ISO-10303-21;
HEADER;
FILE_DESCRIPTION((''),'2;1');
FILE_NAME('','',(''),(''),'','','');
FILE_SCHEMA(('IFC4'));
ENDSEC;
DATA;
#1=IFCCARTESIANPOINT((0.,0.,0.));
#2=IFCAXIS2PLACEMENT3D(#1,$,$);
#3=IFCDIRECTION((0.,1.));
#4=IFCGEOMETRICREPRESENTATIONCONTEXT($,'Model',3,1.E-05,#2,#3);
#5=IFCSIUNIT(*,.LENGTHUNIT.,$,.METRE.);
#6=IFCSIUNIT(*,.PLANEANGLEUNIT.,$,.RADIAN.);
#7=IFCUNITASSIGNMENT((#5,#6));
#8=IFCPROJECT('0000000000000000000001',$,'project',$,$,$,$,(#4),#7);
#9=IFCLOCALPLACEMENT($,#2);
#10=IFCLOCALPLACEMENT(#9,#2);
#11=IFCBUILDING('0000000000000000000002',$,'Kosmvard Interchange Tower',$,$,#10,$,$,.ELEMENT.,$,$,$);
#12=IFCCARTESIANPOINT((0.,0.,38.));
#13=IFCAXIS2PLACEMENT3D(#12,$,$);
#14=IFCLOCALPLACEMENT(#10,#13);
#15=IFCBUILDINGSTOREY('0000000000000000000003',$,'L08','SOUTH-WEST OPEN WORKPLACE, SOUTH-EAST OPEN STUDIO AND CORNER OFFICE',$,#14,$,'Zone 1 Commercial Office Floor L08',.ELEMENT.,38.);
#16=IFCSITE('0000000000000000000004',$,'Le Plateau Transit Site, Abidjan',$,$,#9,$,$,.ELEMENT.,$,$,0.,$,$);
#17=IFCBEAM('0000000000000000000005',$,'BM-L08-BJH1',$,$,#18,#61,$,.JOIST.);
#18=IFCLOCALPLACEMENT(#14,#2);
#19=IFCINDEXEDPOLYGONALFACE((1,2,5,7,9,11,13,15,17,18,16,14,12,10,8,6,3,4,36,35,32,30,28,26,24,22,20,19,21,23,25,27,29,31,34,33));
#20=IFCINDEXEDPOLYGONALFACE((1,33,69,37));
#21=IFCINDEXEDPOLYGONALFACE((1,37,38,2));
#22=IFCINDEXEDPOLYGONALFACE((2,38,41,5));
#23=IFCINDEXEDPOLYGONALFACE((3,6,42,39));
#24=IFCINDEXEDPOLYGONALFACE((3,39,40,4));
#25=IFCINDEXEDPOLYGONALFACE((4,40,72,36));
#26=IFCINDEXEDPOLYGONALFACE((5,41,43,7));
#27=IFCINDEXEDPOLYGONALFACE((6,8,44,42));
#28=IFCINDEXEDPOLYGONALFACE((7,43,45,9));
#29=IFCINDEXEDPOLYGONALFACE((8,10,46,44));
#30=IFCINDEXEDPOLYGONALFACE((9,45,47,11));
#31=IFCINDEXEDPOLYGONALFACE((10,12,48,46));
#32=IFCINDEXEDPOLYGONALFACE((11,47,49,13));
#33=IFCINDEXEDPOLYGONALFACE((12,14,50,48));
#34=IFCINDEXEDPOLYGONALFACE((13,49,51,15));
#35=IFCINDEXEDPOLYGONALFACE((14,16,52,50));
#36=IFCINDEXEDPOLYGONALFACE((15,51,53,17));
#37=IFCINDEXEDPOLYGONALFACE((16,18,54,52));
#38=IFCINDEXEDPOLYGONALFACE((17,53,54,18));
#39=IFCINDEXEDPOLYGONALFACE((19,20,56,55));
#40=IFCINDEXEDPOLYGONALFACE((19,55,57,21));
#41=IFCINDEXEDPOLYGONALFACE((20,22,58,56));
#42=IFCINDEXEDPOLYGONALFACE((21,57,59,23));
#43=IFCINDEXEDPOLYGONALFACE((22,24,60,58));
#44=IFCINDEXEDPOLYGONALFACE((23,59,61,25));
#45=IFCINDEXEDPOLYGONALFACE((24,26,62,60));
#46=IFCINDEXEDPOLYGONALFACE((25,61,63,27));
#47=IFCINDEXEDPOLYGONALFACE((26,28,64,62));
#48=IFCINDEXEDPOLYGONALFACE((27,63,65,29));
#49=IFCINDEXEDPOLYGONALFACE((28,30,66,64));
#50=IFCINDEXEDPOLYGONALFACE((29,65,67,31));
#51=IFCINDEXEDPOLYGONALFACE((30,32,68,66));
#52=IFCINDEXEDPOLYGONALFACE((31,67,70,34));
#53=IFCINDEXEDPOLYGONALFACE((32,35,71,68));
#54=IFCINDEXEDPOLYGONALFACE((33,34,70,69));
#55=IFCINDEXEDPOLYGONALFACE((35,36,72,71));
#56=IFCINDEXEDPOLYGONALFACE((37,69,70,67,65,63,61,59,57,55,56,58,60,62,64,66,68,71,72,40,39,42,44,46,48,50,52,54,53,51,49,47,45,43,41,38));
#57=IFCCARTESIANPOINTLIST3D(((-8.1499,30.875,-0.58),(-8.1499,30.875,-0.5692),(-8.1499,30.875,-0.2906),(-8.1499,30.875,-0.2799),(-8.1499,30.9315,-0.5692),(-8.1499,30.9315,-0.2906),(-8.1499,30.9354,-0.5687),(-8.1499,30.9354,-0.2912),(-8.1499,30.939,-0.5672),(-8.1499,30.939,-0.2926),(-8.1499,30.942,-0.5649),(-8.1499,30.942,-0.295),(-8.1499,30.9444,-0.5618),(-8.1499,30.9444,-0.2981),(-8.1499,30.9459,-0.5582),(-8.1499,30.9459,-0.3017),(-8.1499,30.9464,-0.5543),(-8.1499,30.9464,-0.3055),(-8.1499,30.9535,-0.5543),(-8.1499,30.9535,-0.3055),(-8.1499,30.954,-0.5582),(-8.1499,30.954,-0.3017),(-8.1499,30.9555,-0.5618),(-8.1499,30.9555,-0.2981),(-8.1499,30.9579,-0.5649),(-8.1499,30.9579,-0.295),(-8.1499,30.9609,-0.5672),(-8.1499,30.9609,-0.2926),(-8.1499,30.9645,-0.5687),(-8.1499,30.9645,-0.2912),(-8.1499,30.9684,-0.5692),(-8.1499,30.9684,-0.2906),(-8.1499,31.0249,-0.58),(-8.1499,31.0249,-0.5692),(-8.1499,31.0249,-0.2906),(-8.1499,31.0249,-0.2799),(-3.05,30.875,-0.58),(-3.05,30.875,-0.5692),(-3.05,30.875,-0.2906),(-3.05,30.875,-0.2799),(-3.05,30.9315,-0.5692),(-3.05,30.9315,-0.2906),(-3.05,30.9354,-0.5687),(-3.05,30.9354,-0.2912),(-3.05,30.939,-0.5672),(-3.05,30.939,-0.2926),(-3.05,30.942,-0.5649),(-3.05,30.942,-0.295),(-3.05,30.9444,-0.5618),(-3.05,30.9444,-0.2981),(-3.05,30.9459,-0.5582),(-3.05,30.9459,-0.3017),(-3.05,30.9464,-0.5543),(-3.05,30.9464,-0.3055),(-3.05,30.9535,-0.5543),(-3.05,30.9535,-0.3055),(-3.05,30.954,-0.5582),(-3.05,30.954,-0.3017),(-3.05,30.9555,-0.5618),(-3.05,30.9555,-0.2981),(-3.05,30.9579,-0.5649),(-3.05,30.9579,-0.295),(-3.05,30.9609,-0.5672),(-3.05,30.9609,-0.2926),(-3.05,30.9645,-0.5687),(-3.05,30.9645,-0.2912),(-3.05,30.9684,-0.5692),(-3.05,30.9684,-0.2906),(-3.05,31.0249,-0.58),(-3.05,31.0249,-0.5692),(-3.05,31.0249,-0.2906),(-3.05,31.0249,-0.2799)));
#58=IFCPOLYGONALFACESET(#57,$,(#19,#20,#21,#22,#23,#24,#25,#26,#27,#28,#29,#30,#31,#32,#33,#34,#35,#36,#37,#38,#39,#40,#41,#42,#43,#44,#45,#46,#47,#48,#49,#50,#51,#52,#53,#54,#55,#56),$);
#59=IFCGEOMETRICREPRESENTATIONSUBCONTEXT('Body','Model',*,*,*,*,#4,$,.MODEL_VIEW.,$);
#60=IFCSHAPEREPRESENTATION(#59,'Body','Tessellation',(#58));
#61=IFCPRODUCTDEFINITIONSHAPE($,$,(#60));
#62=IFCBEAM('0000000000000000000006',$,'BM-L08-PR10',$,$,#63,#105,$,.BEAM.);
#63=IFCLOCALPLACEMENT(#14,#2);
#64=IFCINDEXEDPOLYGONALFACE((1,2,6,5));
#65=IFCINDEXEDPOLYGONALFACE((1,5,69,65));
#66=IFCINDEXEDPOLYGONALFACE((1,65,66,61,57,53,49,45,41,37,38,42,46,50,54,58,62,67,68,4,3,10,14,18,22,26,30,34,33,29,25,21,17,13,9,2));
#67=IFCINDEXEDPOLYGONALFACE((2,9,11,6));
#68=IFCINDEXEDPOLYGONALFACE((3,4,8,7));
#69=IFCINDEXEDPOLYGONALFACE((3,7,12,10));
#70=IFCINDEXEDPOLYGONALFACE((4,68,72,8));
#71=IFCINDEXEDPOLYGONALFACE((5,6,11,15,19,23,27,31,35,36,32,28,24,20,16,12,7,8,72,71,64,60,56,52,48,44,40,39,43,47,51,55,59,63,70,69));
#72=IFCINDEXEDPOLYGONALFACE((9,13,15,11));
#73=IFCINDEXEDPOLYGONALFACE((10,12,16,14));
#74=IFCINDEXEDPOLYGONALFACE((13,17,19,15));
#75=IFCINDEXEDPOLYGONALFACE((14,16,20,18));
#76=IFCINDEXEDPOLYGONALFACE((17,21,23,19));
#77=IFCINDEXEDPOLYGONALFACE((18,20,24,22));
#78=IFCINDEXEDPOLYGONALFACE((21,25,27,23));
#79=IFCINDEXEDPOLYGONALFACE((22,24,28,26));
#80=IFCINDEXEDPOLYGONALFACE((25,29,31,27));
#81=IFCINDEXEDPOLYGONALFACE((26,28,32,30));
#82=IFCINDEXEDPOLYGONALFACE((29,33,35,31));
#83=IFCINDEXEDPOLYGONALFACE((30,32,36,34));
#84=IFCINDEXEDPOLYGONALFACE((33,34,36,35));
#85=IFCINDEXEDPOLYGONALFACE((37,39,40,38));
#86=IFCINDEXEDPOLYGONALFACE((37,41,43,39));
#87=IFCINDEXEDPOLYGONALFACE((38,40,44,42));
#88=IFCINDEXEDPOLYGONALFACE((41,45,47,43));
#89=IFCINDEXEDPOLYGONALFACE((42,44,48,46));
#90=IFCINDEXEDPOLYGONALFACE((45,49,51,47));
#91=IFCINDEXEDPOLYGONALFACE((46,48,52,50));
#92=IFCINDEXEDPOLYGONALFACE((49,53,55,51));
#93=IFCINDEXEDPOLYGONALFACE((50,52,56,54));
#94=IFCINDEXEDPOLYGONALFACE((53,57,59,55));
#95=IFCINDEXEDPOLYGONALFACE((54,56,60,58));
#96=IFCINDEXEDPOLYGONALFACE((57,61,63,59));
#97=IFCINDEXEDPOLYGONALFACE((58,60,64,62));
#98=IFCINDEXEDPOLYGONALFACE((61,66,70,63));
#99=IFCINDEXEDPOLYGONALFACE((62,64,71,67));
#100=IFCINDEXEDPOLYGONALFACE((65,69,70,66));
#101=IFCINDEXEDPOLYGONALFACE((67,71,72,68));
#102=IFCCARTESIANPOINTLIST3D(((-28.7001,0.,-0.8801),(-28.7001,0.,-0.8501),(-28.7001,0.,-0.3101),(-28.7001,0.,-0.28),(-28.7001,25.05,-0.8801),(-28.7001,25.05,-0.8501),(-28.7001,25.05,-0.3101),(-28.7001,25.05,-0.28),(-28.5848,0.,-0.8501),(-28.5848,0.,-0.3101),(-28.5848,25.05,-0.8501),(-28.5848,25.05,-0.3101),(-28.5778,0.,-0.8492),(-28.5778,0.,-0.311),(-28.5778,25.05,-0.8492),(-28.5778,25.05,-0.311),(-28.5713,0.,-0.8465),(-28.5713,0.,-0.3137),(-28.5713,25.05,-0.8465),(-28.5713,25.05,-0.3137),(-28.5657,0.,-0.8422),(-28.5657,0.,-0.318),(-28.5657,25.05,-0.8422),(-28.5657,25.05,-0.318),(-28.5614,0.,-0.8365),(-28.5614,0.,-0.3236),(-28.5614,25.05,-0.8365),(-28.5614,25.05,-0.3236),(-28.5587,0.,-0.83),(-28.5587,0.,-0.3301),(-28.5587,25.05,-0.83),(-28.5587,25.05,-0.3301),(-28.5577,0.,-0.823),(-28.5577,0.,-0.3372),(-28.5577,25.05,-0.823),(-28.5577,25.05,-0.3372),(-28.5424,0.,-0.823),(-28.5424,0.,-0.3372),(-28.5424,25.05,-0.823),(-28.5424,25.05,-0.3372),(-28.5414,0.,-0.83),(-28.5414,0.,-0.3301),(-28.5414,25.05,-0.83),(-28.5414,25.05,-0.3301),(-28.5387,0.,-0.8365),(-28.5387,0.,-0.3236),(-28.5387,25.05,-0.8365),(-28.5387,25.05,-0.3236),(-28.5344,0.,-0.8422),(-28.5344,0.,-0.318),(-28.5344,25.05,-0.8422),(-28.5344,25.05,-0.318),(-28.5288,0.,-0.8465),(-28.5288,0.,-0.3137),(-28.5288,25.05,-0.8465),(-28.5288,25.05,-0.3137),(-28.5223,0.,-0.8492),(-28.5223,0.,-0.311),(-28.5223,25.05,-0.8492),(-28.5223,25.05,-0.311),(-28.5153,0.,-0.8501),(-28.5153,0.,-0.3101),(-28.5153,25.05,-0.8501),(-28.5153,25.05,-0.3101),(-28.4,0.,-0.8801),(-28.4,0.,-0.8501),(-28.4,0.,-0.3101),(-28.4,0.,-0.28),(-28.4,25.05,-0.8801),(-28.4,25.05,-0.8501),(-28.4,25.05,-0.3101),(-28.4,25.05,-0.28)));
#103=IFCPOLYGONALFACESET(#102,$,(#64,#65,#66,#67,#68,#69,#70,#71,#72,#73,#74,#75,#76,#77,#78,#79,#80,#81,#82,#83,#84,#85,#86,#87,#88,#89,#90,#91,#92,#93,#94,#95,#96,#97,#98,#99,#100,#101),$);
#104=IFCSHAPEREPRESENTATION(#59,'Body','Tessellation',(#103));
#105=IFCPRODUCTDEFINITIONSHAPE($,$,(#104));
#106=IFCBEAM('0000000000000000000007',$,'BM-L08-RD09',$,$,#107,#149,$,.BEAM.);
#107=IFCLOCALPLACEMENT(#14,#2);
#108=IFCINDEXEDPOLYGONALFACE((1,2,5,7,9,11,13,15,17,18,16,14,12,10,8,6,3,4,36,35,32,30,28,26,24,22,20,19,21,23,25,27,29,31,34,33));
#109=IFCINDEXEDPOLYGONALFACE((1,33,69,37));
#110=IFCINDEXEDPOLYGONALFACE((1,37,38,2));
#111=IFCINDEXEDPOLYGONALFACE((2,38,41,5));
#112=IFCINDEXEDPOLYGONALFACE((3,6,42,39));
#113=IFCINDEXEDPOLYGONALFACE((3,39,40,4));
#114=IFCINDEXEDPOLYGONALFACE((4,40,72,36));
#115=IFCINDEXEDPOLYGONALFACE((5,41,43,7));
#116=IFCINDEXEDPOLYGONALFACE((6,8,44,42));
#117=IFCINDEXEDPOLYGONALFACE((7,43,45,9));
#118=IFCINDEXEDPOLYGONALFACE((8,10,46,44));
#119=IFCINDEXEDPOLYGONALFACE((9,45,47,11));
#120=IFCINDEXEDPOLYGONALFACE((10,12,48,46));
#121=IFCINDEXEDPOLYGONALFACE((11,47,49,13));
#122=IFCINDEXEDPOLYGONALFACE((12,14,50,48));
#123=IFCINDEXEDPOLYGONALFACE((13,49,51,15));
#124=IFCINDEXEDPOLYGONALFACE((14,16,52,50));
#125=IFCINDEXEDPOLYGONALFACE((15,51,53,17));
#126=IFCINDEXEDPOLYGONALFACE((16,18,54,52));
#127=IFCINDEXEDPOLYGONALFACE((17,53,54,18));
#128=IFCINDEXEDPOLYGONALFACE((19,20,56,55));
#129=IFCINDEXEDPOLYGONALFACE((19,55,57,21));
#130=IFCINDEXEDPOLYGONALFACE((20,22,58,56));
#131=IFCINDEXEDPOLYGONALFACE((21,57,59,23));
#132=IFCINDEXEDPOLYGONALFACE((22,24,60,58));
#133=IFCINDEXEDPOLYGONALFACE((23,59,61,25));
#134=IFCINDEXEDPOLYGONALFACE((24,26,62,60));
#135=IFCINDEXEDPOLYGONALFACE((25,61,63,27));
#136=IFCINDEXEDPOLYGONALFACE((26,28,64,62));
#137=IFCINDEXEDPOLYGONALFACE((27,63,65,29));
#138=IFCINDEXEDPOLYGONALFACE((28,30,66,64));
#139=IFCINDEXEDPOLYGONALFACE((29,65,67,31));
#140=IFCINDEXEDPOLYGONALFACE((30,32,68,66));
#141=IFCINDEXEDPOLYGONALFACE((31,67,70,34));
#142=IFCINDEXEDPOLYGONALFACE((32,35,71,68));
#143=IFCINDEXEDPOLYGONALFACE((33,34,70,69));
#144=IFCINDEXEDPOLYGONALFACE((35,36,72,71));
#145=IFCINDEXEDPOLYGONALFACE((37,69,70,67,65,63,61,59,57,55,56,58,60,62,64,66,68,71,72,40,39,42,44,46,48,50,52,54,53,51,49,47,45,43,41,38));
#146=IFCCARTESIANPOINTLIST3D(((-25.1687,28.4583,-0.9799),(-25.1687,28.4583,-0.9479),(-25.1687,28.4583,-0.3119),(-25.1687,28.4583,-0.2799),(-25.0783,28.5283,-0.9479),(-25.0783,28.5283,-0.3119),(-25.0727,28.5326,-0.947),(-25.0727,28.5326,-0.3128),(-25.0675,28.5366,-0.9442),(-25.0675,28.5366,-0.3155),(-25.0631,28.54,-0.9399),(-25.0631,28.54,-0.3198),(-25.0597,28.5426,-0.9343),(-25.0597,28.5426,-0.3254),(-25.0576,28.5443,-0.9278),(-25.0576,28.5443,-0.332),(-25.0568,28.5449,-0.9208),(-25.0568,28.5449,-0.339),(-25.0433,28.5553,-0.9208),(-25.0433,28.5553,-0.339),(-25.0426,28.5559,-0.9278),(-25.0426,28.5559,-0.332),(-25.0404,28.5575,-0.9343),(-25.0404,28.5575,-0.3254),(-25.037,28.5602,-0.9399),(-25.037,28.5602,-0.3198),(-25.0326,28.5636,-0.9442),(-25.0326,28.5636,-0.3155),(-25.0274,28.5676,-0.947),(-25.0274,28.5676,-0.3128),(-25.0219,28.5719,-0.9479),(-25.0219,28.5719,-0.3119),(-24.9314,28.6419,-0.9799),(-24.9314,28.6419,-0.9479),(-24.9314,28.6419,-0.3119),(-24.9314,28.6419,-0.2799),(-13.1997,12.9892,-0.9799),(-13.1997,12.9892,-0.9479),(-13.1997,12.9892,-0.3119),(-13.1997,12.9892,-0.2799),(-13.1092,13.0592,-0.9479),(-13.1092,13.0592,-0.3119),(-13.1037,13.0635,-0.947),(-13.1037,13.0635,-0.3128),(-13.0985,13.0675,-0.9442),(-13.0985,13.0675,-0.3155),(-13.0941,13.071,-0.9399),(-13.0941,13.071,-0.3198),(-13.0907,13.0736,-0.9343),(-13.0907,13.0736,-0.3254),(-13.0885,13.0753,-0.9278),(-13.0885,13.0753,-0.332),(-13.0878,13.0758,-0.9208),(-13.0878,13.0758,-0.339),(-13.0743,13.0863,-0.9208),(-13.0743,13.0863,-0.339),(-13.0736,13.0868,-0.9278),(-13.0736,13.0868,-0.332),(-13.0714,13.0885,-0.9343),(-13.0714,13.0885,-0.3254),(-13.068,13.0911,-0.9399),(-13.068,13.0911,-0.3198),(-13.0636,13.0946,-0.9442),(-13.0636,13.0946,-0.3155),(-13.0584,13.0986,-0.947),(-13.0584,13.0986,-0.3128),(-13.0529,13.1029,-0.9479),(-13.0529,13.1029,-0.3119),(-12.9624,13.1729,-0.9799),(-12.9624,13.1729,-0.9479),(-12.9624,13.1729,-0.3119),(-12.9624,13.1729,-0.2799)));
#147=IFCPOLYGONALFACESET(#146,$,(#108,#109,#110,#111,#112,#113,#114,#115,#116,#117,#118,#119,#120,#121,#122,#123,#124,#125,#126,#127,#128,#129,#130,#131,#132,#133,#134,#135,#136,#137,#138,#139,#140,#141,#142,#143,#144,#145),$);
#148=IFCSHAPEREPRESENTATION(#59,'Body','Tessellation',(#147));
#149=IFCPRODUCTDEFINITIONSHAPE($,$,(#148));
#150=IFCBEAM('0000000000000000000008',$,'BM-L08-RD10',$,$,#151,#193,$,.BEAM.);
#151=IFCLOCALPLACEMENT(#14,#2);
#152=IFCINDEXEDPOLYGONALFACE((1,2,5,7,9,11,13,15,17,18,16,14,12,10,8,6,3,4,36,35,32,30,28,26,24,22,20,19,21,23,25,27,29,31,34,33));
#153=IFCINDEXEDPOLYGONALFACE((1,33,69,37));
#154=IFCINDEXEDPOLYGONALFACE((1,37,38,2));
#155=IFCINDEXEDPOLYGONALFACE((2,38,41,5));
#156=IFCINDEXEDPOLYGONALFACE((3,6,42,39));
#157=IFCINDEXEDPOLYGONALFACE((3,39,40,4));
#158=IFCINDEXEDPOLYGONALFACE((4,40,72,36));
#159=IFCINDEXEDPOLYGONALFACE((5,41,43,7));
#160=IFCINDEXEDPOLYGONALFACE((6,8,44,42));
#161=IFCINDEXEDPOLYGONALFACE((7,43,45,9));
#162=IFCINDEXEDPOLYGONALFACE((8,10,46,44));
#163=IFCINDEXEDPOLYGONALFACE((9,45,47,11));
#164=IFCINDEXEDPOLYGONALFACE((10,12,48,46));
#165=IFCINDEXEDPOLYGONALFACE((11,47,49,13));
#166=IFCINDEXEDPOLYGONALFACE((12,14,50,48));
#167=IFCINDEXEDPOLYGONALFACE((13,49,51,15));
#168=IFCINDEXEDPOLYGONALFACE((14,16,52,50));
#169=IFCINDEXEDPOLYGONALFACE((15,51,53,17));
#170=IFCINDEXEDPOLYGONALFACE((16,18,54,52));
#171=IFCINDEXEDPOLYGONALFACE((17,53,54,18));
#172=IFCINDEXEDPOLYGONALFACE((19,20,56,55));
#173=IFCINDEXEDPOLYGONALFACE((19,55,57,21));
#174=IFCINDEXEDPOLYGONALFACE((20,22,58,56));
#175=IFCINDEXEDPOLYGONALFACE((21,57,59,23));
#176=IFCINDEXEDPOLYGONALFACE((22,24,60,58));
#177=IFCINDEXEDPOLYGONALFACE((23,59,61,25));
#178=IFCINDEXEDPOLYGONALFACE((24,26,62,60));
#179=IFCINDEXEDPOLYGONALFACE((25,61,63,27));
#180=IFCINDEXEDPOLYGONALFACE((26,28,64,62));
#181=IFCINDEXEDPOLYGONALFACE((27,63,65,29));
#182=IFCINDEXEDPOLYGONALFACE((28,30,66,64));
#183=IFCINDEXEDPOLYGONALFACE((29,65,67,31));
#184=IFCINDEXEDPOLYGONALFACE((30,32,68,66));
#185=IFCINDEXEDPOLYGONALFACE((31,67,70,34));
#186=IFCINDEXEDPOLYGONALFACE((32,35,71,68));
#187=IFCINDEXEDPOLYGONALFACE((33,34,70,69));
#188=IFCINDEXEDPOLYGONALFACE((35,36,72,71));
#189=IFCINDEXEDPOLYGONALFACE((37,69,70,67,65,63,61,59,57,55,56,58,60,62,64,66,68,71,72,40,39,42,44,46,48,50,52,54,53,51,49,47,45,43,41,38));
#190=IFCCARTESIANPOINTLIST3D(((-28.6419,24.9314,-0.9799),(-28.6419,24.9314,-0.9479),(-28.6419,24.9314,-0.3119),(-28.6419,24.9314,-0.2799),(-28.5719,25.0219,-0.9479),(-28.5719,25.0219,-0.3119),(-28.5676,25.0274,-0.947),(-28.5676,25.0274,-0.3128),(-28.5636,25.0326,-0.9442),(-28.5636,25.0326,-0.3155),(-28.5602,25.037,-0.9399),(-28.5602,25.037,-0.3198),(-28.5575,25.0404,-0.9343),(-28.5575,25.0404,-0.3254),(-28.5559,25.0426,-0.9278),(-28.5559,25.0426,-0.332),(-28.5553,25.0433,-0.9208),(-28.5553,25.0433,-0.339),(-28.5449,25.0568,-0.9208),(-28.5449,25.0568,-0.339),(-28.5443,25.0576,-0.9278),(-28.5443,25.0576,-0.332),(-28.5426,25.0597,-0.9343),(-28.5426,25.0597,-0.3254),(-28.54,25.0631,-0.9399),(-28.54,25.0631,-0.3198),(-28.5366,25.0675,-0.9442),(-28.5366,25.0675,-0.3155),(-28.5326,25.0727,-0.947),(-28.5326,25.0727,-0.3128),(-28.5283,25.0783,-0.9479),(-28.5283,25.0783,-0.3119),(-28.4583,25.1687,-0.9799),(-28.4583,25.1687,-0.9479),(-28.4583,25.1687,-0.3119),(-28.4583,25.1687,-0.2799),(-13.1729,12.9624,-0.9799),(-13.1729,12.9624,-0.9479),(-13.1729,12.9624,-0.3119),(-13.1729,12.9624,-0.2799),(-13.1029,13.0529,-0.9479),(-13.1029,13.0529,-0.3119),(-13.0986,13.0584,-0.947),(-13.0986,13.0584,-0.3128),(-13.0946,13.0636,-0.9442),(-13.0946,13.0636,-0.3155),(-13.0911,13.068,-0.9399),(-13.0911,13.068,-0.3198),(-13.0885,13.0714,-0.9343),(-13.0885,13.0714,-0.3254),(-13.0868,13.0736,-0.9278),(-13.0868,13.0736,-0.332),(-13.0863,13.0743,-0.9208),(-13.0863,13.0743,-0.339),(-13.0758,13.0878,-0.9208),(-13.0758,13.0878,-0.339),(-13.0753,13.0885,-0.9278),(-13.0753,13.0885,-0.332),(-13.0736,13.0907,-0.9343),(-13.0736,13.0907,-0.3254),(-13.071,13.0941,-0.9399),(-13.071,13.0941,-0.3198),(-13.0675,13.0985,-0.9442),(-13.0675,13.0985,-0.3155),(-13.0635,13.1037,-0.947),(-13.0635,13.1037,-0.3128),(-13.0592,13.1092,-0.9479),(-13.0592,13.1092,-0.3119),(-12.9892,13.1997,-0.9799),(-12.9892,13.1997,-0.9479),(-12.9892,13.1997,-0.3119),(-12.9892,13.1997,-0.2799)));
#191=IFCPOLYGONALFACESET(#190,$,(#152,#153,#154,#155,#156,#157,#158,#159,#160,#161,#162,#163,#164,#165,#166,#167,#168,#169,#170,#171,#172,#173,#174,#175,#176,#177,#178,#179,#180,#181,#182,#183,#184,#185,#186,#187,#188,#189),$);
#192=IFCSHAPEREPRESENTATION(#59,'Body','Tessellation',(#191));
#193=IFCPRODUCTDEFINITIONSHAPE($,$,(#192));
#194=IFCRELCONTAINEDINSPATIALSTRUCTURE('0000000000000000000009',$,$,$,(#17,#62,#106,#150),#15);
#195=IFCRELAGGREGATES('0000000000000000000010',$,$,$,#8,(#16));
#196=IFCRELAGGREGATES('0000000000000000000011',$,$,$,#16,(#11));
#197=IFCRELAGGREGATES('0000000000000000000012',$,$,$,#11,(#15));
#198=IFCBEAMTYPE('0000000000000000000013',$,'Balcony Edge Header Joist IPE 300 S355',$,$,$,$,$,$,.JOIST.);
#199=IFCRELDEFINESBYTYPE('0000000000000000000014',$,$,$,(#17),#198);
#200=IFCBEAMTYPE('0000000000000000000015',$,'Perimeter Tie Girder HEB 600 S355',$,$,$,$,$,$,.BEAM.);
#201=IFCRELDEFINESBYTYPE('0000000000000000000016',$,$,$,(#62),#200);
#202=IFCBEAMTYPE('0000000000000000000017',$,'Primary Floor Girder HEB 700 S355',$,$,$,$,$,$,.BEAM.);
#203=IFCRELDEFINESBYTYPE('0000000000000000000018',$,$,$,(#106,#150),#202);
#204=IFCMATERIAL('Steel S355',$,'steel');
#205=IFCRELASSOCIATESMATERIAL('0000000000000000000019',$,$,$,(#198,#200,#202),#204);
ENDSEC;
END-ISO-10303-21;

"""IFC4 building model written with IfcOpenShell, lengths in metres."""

from ifc_helpers import new_model, si_unit, direction, frame, origin, origin_2d, place, context, subcontext, project, spatial, i_section, extrude, source, transform, mapped, material, material_profile, profile_set, type_object, element, save


model = new_model("IFC4")

# Units and contexts
model_context = context("Model", 3, precision=1e-05, world=origin(), true_north=direction((0.0, 1.0)))
body_context = subcontext(model_context, "Body", "Model", "MODEL_VIEW")
ifc_project = project(units=[si_unit("LENGTHUNIT", "METRE"), si_unit("PLANEANGLEUNIT", "RADIAN")], contexts=[model_context])

# Site, building, storey
site_placement = place(None, origin())
site = spatial("IfcSite", under=ifc_project, at=site_placement, Name="Le Plateau Transit Site, Abidjan", CompositionType="ELEMENT", RefElevation=0.0)
building_placement = place(site_placement, origin())
building = spatial("IfcBuilding", under=site, at=building_placement, Name="Kosmvard Interchange Tower", CompositionType="ELEMENT")
storey_placement = place(building_placement, frame((0.0, 0.0, 38.0)))
storey = spatial("IfcBuildingStorey", under=building, at=storey_placement, Name="L08", Description="SOUTH-WEST OPEN WORKPLACE, SOUTH-EAST OPEN STUDIO AND CORNER OFFICE", LongName="Zone 1 Commercial Office Floor L08", CompositionType="ELEMENT", Elevation=38.0)

# Beams
ifc_material_1 = material(Name="Steel S355", Category="steel")
ifc_material_profile_1 = material_profile(ifc_material_1, i_section(OverallWidth=0.1499, OverallDepth=0.3, WebThickness=0.0071, FlangeThickness=0.0107, FilletRadius=0.0149, at=origin_2d()), Name="IPE 300")
ifc_profile_set_1 = profile_set([ifc_material_profile_1], Name="Steel S355")
beam_type_1 = type_object("IfcBeamType", Name="Balcony Edge Header Joist IPE 300 S355", PredefinedType="JOIST", material=ifc_profile_set_1)
shared_shape_1 = source(origin(), body_context, "Body", "SweptSolid", [
    extrude(i_section(OverallWidth=0.1499, OverallDepth=0.3, WebThickness=0.0071, FlangeThickness=0.0107, FilletRadius=0.0149, at=origin_2d()), origin(), (0.0, 0.0, 1.0), 5.0999),
])
beam_1_placement = place(storey_placement, frame((-3.05, 30.95, -0.4299), z_axis=(-1.0, 0.0, 0.0), x_axis=(0.0, -1.0, 0.0)))
element("IfcBeam", 1, at=beam_1_placement, inside=storey, type_object=beam_type_1, Name="BM-L08-BJH1", PredefinedType="JOIST", context=body_context, shape_type="MappedRepresentation", body=[
    mapped(shared_shape_1, transform((0.0, 0.0, 0.0), scale=1.0)),
])
ifc_material_profile_2 = material_profile(ifc_material_1, i_section(OverallWidth=0.3, OverallDepth=0.6001, WebThickness=0.0154, FlangeThickness=0.03, FilletRadius=0.0271, at=origin_2d()), Name="HEB 600")
ifc_profile_set_2 = profile_set([ifc_material_profile_2], Name="Steel S355")
beam_type_2 = type_object("IfcBeamType", Name="Perimeter Tie Girder HEB 600 S355", PredefinedType="BEAM", material=ifc_profile_set_2)
shared_shape_2 = source(origin(), body_context, "Body", "SweptSolid", [
    extrude(i_section(OverallWidth=0.3, OverallDepth=0.6001, WebThickness=0.0154, FlangeThickness=0.03, FilletRadius=0.0271, at=origin_2d()), origin(), (0.0, 0.0, 1.0), 25.05),
])
beam_2_placement = place(storey_placement, frame((-28.55, 25.05, -0.5801), z_axis=(0.0, -1.0, 0.0), x_axis=(1.0, 0.0, 0.0)))
element("IfcBeam", 2, at=beam_2_placement, inside=storey, type_object=beam_type_2, Name="BM-L08-PR10", PredefinedType="BEAM", context=body_context, shape_type="MappedRepresentation", body=[
    mapped(shared_shape_2, transform((0.0, 0.0, 0.0), scale=1.0)),
])
ifc_material_profile_3 = material_profile(ifc_material_1, i_section(OverallWidth=0.3, OverallDepth=0.7, WebThickness=0.0171, FlangeThickness=0.032, FilletRadius=0.0271, at=origin_2d()), Name="HEB 700")
ifc_profile_set_3 = profile_set([ifc_material_profile_3], Name="Steel S355")
beam_type_3 = type_object("IfcBeamType", Name="Primary Floor Girder HEB 700 S355", PredefinedType="BEAM", material=ifc_profile_set_3)
shared_shape_3 = source(origin(), body_context, "Body", "SweptSolid", [
    extrude(i_section(OverallWidth=0.3, OverallDepth=0.7, WebThickness=0.0171, FlangeThickness=0.032, FilletRadius=0.0271, at=origin_2d()), origin(), (0.0, 0.0, 1.0), 19.5588),
])
for number, where, z_axis, x_axis, name in (
    (3, (-13.0811, 13.0811, -0.6299), (-0.611949, 0.790897, 0.0), (-0.790897, -0.611949, 0.0), "BM-L08-RD09"),
    (4, (-13.0811, 13.0811, -0.6299), (-0.790897, 0.611949, 0.0), (-0.611949, -0.790897, 0.0), "BM-L08-RD10"),
):
    element("IfcBeam", number, at=place(storey_placement, frame(where, z_axis=z_axis, x_axis=x_axis)), inside=storey, type_object=beam_type_3, Name=name, PredefinedType="BEAM", context=body_context, shape_type="MappedRepresentation", body=[
        mapped(shared_shape_3, transform((0.0, 0.0, 0.0), scale=1.0)),
    ])

save(model, "model.ifc")
